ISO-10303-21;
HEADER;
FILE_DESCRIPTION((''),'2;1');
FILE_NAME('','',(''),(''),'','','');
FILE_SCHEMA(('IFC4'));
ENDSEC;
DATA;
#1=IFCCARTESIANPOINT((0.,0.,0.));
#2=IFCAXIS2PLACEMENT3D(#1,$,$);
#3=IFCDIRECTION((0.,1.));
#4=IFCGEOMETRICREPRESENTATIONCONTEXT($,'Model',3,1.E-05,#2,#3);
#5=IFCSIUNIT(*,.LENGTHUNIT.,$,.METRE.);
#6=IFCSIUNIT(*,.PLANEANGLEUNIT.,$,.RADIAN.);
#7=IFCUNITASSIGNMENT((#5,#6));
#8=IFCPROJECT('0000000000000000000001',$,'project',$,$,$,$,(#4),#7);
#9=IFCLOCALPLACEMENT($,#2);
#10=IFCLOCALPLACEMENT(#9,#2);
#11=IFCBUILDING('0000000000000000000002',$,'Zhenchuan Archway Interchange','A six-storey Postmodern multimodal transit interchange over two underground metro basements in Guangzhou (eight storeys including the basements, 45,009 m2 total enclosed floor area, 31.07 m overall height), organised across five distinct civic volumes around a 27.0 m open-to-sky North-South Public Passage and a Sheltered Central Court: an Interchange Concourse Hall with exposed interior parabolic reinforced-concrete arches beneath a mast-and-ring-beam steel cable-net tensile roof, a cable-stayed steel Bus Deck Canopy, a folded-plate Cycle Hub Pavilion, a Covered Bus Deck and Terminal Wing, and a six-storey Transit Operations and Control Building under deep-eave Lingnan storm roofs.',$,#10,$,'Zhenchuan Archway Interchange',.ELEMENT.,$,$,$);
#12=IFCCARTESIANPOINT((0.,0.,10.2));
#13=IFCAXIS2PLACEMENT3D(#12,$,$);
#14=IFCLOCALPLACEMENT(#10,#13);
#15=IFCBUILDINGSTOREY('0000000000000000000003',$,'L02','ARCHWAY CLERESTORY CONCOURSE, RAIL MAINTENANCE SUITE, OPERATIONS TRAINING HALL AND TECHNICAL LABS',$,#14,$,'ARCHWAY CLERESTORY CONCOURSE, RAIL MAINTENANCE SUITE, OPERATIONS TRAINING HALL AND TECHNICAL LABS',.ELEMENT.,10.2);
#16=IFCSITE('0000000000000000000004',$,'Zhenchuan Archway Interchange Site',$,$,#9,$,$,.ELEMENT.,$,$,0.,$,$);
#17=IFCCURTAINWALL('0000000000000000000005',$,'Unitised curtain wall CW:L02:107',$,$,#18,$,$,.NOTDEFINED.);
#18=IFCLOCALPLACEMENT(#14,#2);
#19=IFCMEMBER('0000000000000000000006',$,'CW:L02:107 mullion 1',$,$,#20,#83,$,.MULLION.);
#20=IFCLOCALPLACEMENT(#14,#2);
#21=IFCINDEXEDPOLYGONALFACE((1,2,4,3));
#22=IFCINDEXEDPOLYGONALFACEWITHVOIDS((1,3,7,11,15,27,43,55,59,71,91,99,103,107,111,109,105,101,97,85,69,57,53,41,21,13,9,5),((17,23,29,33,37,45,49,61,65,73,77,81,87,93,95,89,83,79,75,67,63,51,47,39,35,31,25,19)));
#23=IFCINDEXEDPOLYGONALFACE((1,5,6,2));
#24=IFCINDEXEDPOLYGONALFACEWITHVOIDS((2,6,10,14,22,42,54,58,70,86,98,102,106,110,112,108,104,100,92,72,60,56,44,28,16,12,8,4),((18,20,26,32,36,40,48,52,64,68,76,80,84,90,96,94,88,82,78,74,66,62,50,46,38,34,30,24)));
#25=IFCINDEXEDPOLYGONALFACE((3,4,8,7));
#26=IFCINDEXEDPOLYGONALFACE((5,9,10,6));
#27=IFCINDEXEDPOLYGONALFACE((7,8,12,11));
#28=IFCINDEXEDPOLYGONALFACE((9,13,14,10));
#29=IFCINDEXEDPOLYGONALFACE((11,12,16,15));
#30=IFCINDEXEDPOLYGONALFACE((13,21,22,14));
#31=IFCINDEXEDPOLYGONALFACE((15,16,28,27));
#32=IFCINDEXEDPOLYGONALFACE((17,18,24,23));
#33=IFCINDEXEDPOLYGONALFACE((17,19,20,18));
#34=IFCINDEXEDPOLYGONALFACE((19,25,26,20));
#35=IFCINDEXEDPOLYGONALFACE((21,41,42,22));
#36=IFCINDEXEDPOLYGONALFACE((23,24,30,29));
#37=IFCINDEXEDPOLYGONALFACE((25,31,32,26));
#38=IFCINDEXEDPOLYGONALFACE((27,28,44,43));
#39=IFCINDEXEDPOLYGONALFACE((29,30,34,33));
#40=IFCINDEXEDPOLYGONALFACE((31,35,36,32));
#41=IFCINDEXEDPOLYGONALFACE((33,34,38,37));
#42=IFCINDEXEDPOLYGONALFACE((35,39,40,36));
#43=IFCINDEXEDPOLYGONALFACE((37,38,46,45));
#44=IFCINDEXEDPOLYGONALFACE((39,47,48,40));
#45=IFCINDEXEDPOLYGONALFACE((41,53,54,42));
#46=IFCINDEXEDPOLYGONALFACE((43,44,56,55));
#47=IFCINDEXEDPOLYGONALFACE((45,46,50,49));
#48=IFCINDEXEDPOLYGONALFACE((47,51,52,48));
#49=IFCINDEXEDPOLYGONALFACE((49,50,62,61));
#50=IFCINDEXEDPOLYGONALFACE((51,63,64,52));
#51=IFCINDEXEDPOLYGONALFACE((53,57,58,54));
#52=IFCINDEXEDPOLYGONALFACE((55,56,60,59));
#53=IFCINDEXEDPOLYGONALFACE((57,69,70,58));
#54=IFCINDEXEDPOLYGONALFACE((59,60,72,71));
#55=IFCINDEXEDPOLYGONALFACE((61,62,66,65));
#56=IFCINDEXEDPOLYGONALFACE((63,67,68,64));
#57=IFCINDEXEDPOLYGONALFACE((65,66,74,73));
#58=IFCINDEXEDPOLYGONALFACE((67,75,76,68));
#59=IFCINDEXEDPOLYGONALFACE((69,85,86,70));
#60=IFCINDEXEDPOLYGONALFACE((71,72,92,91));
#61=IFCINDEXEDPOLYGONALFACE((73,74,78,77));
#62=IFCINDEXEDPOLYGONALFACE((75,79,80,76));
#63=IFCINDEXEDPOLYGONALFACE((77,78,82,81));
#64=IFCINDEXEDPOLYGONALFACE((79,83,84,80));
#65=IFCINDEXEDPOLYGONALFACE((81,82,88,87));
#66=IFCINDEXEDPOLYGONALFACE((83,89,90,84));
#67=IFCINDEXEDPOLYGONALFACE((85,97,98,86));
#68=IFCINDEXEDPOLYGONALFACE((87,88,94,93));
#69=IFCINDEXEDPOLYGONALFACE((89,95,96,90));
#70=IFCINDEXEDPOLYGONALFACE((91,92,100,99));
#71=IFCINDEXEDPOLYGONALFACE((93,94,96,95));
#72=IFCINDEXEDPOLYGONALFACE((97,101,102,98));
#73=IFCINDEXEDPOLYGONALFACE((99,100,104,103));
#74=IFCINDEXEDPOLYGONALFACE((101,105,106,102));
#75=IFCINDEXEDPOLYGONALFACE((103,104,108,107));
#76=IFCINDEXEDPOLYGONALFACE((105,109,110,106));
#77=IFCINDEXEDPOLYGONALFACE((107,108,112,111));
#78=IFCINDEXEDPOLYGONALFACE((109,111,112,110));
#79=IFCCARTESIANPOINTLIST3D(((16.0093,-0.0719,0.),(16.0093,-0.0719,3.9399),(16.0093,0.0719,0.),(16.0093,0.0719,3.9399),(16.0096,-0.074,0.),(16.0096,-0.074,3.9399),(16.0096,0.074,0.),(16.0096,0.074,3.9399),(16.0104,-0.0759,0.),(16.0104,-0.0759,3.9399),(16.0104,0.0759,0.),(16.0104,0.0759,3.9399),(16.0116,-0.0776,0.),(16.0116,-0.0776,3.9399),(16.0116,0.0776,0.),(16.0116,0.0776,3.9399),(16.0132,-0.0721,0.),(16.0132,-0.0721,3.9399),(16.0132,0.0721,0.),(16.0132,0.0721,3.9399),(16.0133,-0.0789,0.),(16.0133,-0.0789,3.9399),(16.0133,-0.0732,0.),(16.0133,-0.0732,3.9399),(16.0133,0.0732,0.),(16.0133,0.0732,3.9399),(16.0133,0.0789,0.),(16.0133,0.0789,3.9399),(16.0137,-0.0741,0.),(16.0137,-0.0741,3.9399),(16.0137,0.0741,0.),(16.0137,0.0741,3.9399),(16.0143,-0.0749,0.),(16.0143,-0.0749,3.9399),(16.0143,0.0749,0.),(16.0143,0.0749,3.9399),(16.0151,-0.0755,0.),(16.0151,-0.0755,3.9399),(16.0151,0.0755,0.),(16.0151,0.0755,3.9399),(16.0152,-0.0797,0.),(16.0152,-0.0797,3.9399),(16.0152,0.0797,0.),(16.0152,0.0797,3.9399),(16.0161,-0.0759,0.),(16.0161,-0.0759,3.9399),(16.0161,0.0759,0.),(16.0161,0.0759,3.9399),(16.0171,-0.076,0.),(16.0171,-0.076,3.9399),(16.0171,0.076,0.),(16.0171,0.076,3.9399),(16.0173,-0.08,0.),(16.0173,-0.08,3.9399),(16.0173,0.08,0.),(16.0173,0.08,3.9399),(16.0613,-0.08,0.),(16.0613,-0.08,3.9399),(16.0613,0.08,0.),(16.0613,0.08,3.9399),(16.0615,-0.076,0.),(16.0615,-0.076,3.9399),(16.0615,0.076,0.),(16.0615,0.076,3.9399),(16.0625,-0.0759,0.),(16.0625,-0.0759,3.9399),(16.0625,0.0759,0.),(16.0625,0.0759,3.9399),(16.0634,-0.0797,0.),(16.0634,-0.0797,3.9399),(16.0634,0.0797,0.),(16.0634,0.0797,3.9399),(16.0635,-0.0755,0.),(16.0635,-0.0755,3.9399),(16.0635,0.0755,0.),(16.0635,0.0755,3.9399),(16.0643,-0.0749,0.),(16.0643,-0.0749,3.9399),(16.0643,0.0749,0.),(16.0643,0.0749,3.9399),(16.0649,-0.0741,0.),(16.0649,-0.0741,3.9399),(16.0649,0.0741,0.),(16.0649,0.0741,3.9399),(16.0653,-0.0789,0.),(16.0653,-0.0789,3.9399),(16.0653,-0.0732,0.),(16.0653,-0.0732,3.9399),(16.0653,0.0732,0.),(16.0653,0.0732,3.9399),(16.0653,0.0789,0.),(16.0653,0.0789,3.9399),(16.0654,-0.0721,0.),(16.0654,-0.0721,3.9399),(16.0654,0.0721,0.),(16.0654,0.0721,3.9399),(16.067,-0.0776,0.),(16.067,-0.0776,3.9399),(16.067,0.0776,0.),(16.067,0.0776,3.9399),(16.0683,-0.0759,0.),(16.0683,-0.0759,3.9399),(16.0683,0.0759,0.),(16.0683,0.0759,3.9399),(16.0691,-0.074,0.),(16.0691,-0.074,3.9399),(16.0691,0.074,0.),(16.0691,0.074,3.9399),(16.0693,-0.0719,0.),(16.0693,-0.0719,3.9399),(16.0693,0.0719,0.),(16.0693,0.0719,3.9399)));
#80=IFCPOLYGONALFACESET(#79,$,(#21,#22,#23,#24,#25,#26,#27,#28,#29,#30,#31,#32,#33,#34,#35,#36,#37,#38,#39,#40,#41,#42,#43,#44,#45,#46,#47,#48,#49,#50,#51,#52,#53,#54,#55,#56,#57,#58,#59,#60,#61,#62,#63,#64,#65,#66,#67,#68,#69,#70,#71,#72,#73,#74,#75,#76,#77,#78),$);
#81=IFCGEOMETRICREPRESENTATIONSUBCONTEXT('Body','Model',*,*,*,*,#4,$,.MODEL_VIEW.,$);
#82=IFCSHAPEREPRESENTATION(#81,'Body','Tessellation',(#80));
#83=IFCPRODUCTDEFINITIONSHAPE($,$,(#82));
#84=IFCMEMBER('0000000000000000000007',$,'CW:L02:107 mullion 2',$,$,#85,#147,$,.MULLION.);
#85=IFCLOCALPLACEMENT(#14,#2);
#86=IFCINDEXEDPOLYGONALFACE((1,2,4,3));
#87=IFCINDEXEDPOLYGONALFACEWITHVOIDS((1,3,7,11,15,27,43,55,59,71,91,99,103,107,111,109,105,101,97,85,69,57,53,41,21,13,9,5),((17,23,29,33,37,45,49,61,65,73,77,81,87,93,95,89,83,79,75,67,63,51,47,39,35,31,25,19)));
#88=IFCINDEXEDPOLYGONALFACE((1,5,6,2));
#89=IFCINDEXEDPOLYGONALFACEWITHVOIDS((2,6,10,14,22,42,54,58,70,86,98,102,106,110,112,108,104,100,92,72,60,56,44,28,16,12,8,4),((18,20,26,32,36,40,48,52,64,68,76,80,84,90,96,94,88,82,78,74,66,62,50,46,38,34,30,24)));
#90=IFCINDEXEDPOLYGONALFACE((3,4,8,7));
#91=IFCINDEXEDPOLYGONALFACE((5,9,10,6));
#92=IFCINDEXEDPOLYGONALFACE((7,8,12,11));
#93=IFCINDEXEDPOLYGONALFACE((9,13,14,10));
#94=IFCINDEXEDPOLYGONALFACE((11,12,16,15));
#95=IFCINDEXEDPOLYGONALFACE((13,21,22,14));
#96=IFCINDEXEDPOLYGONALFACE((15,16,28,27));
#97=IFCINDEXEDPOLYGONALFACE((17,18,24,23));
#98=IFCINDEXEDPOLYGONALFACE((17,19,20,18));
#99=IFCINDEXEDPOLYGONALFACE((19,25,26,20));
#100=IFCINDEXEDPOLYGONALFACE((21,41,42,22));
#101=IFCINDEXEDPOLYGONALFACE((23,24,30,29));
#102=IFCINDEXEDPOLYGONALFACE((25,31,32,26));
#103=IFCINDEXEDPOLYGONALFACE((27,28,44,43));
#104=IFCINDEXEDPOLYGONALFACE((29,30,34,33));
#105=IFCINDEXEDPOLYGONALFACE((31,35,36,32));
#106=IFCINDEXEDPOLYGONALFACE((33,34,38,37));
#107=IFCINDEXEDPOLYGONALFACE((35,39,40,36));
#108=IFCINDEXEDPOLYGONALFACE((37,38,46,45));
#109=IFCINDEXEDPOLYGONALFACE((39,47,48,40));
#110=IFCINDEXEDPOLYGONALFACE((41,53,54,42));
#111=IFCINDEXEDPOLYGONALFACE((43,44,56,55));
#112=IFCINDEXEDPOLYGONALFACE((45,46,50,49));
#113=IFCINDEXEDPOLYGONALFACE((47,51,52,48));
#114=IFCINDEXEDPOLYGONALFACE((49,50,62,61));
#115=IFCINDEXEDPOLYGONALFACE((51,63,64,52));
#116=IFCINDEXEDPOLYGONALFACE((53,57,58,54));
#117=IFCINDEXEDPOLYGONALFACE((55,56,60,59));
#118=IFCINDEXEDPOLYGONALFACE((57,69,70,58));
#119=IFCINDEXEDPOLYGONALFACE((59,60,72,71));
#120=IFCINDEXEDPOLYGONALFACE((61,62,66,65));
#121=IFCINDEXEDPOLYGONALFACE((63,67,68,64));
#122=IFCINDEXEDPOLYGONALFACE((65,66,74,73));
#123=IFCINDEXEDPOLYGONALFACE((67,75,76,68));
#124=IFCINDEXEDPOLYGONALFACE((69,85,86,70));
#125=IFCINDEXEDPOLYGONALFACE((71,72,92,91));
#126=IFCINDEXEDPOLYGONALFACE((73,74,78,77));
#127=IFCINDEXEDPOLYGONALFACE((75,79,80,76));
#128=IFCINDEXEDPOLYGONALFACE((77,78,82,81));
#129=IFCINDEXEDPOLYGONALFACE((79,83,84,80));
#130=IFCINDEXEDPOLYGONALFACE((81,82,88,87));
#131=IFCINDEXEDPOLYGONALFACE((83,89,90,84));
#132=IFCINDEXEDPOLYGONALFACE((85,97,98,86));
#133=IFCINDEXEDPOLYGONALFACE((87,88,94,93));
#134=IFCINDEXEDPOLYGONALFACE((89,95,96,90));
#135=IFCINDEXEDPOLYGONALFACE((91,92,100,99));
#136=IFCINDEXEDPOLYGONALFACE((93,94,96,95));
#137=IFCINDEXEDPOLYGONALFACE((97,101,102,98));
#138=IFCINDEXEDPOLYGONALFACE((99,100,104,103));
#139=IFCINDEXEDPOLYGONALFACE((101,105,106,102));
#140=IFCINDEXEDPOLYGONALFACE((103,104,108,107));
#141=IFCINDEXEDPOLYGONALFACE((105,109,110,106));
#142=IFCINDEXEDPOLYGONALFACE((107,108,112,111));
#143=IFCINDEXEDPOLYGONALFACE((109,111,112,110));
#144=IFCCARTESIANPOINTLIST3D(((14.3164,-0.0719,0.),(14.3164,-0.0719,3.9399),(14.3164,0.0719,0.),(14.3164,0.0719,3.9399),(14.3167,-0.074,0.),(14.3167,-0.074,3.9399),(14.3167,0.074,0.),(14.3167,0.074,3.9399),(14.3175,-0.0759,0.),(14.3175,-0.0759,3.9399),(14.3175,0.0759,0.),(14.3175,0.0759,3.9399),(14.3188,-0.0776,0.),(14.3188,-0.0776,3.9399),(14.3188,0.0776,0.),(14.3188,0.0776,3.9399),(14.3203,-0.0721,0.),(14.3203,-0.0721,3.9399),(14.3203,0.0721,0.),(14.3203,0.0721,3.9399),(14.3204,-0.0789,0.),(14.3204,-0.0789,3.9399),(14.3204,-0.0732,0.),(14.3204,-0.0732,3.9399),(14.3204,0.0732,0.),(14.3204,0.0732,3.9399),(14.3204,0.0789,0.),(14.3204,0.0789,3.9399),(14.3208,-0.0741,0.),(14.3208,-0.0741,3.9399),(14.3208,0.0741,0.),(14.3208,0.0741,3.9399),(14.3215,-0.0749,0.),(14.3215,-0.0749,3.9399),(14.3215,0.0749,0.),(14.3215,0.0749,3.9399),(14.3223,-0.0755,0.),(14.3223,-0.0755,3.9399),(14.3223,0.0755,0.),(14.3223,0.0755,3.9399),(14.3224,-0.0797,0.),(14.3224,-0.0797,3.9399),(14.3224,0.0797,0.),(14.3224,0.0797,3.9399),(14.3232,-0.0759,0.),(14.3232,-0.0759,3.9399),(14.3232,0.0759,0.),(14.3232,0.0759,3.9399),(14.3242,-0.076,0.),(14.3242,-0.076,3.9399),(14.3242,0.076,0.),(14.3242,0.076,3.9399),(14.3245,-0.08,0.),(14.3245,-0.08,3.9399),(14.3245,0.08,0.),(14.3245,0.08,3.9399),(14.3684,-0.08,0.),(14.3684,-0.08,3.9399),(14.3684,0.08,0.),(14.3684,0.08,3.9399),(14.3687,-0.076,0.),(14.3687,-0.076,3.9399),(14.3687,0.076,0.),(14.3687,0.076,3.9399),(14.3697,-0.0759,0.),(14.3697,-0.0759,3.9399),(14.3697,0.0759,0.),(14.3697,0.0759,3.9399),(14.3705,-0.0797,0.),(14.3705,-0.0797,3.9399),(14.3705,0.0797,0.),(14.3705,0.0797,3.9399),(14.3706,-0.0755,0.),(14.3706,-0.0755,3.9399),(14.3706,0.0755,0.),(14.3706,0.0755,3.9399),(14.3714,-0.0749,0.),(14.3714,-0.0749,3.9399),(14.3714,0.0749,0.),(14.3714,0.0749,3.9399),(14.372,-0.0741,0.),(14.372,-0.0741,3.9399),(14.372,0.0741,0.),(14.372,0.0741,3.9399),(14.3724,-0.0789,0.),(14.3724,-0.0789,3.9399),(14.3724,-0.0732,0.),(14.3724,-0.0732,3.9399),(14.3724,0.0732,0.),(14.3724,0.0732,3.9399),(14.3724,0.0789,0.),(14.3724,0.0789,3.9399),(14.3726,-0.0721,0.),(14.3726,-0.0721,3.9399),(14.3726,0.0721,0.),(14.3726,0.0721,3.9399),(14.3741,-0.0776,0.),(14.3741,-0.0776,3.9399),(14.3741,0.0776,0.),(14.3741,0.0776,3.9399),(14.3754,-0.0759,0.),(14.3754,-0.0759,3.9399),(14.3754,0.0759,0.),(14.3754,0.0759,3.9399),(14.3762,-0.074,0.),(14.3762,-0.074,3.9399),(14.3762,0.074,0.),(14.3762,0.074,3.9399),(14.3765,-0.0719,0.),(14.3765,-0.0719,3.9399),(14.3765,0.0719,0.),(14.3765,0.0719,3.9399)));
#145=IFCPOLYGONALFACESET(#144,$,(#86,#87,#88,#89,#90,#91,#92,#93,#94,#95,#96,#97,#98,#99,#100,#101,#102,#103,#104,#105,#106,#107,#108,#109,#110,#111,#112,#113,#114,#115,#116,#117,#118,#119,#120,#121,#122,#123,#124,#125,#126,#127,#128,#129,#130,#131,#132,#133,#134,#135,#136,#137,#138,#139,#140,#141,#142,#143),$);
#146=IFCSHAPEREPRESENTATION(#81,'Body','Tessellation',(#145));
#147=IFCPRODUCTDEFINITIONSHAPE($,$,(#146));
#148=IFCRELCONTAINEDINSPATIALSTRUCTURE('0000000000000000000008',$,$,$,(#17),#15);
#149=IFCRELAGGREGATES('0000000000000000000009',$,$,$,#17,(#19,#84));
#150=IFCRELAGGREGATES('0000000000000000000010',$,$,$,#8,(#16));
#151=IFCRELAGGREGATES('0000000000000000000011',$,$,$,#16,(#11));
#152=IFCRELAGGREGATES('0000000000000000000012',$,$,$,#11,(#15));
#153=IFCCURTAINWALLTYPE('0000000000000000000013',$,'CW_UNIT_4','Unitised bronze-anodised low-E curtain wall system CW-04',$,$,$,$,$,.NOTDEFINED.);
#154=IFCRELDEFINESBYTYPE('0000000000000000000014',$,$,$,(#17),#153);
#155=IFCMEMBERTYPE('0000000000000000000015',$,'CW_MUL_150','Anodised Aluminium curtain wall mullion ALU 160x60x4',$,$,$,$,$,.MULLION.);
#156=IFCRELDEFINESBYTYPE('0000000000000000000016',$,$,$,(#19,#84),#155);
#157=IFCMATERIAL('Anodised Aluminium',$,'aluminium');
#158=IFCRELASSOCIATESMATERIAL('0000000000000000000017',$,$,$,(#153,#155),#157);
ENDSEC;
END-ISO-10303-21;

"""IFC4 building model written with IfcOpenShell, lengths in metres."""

from ifc_helpers import new_model, si_unit, direction, frame, origin, origin_2d, place, context, subcontext, project, spatial, hollow_rectangle, extrude, material, material_profile, profile_set, type_object, element, aggregate, save


model = new_model("IFC4")

# Units and contexts
model_context = context("Model", 3, precision=1e-05, world=origin(), true_north=direction((0.0, 1.0)))
body_context = subcontext(model_context, "Body", "Model", "MODEL_VIEW")
ifc_project = project(units=[si_unit("LENGTHUNIT", "METRE"), si_unit("PLANEANGLEUNIT", "RADIAN")], contexts=[model_context])

# Site, building, storey
site_placement = place(None, origin())
site = spatial("IfcSite", under=ifc_project, at=site_placement, Name="Zhenchuan Archway Interchange Site", CompositionType="ELEMENT", RefElevation=0.0)
building_placement = place(site_placement, origin())
building = spatial("IfcBuilding", under=site, at=building_placement, Name="Zhenchuan Archway Interchange", Description="A six-storey Postmodern multimodal transit interchange over two underground metro basements in Guangzhou (eight storeys including the basements, 45,009 m2 total enclosed floor area, 31.07 m overall height), organised across five distinct civic volumes around a 27.0 m open-to-sky North-South Public Passage and a Sheltered Central Court: an Interchange Concourse Hall with exposed interior parabolic reinforced-concrete arches beneath a mast-and-ring-beam steel cable-net tensile roof, a cable-stayed steel Bus Deck Canopy, a folded-plate Cycle Hub Pavilion, a Covered Bus Deck and Terminal Wing, and a six-storey Transit Operations and Control Building under deep-eave Lingnan storm roofs.", LongName="Zhenchuan Archway Interchange", CompositionType="ELEMENT")
storey_placement = place(building_placement, frame((0.0, 0.0, 10.2)))
storey = spatial("IfcBuildingStorey", under=building, at=storey_placement, Name="L02", Description="ARCHWAY CLERESTORY CONCOURSE, RAIL MAINTENANCE SUITE, OPERATIONS TRAINING HALL AND TECHNICAL LABS", LongName="ARCHWAY CLERESTORY CONCOURSE, RAIL MAINTENANCE SUITE, OPERATIONS TRAINING HALL AND TECHNICAL LABS", CompositionType="ELEMENT", Elevation=10.2)

# Curtain wall, members
ifc_material_1 = material(Name="Anodised Aluminium", Category="aluminium")
curtain_wall_type = type_object("IfcCurtainWallType", Name="CW_UNIT_4", Description="Unitised bronze-anodised low-E curtain wall system CW-04", PredefinedType="NOTDEFINED", material=ifc_material_1)
curtain_wall_placement = place(storey_placement, origin())
curtain_wall = element("IfcCurtainWall", 1, at=curtain_wall_placement, inside=storey, type_object=curtain_wall_type, Name="Unitised curtain wall CW:L02:107", PredefinedType="NOTDEFINED")
ifc_material_profile_1 = material_profile(ifc_material_1, hollow_rectangle(XDim=0.0601, YDim=0.1599, WallThickness=0.0039, InnerFilletRadius=0.0039, OuterFilletRadius=0.0081, at=origin_2d()), Name="ALU 160x60x4")
ifc_profile_set_1 = profile_set([ifc_material_profile_1], Name="Anodised Aluminium")
member_type_1 = type_object("IfcMemberType", Name="CW_MUL_150", Description="Anodised Aluminium curtain wall mullion ALU 160x60x4", PredefinedType="MULLION", material=ifc_profile_set_1)
member_1_placement = place(storey_placement, frame((16.0393, 0.0, 0.0), z_axis=(0.0, 0.0, 1.0), x_axis=(1.0, 0.0, 0.0)))
member_1 = element("IfcMember", 2, at=member_1_placement, type_object=member_type_1, Name="CW:L02:107 mullion 1", PredefinedType="MULLION", context=body_context, shape_type="SweptSolid", body=[
    extrude(hollow_rectangle(XDim=0.0601, YDim=0.1599, WallThickness=0.0039, InnerFilletRadius=0.0039, OuterFilletRadius=0.0081, at=origin_2d()), origin(), (0.0, 0.0, 1.0), 3.9399),
])
member_2_placement = place(storey_placement, frame((14.3464, 0.0, 0.0), z_axis=(0.0, 0.0, 1.0), x_axis=(1.0, 0.0, 0.0)))
member_2 = element("IfcMember", 3, at=member_2_placement, type_object=member_type_1, Name="CW:L02:107 mullion 2", PredefinedType="MULLION", context=body_context, shape_type="SweptSolid", body=[
    extrude(hollow_rectangle(XDim=0.0601, YDim=0.1599, WallThickness=0.0039, InnerFilletRadius=0.0039, OuterFilletRadius=0.0081, at=origin_2d()), origin(), (0.0, 0.0, 1.0), 3.9399),
])

aggregate(curtain_wall, [member_1, member_2])

save(model, "model.ifc")
